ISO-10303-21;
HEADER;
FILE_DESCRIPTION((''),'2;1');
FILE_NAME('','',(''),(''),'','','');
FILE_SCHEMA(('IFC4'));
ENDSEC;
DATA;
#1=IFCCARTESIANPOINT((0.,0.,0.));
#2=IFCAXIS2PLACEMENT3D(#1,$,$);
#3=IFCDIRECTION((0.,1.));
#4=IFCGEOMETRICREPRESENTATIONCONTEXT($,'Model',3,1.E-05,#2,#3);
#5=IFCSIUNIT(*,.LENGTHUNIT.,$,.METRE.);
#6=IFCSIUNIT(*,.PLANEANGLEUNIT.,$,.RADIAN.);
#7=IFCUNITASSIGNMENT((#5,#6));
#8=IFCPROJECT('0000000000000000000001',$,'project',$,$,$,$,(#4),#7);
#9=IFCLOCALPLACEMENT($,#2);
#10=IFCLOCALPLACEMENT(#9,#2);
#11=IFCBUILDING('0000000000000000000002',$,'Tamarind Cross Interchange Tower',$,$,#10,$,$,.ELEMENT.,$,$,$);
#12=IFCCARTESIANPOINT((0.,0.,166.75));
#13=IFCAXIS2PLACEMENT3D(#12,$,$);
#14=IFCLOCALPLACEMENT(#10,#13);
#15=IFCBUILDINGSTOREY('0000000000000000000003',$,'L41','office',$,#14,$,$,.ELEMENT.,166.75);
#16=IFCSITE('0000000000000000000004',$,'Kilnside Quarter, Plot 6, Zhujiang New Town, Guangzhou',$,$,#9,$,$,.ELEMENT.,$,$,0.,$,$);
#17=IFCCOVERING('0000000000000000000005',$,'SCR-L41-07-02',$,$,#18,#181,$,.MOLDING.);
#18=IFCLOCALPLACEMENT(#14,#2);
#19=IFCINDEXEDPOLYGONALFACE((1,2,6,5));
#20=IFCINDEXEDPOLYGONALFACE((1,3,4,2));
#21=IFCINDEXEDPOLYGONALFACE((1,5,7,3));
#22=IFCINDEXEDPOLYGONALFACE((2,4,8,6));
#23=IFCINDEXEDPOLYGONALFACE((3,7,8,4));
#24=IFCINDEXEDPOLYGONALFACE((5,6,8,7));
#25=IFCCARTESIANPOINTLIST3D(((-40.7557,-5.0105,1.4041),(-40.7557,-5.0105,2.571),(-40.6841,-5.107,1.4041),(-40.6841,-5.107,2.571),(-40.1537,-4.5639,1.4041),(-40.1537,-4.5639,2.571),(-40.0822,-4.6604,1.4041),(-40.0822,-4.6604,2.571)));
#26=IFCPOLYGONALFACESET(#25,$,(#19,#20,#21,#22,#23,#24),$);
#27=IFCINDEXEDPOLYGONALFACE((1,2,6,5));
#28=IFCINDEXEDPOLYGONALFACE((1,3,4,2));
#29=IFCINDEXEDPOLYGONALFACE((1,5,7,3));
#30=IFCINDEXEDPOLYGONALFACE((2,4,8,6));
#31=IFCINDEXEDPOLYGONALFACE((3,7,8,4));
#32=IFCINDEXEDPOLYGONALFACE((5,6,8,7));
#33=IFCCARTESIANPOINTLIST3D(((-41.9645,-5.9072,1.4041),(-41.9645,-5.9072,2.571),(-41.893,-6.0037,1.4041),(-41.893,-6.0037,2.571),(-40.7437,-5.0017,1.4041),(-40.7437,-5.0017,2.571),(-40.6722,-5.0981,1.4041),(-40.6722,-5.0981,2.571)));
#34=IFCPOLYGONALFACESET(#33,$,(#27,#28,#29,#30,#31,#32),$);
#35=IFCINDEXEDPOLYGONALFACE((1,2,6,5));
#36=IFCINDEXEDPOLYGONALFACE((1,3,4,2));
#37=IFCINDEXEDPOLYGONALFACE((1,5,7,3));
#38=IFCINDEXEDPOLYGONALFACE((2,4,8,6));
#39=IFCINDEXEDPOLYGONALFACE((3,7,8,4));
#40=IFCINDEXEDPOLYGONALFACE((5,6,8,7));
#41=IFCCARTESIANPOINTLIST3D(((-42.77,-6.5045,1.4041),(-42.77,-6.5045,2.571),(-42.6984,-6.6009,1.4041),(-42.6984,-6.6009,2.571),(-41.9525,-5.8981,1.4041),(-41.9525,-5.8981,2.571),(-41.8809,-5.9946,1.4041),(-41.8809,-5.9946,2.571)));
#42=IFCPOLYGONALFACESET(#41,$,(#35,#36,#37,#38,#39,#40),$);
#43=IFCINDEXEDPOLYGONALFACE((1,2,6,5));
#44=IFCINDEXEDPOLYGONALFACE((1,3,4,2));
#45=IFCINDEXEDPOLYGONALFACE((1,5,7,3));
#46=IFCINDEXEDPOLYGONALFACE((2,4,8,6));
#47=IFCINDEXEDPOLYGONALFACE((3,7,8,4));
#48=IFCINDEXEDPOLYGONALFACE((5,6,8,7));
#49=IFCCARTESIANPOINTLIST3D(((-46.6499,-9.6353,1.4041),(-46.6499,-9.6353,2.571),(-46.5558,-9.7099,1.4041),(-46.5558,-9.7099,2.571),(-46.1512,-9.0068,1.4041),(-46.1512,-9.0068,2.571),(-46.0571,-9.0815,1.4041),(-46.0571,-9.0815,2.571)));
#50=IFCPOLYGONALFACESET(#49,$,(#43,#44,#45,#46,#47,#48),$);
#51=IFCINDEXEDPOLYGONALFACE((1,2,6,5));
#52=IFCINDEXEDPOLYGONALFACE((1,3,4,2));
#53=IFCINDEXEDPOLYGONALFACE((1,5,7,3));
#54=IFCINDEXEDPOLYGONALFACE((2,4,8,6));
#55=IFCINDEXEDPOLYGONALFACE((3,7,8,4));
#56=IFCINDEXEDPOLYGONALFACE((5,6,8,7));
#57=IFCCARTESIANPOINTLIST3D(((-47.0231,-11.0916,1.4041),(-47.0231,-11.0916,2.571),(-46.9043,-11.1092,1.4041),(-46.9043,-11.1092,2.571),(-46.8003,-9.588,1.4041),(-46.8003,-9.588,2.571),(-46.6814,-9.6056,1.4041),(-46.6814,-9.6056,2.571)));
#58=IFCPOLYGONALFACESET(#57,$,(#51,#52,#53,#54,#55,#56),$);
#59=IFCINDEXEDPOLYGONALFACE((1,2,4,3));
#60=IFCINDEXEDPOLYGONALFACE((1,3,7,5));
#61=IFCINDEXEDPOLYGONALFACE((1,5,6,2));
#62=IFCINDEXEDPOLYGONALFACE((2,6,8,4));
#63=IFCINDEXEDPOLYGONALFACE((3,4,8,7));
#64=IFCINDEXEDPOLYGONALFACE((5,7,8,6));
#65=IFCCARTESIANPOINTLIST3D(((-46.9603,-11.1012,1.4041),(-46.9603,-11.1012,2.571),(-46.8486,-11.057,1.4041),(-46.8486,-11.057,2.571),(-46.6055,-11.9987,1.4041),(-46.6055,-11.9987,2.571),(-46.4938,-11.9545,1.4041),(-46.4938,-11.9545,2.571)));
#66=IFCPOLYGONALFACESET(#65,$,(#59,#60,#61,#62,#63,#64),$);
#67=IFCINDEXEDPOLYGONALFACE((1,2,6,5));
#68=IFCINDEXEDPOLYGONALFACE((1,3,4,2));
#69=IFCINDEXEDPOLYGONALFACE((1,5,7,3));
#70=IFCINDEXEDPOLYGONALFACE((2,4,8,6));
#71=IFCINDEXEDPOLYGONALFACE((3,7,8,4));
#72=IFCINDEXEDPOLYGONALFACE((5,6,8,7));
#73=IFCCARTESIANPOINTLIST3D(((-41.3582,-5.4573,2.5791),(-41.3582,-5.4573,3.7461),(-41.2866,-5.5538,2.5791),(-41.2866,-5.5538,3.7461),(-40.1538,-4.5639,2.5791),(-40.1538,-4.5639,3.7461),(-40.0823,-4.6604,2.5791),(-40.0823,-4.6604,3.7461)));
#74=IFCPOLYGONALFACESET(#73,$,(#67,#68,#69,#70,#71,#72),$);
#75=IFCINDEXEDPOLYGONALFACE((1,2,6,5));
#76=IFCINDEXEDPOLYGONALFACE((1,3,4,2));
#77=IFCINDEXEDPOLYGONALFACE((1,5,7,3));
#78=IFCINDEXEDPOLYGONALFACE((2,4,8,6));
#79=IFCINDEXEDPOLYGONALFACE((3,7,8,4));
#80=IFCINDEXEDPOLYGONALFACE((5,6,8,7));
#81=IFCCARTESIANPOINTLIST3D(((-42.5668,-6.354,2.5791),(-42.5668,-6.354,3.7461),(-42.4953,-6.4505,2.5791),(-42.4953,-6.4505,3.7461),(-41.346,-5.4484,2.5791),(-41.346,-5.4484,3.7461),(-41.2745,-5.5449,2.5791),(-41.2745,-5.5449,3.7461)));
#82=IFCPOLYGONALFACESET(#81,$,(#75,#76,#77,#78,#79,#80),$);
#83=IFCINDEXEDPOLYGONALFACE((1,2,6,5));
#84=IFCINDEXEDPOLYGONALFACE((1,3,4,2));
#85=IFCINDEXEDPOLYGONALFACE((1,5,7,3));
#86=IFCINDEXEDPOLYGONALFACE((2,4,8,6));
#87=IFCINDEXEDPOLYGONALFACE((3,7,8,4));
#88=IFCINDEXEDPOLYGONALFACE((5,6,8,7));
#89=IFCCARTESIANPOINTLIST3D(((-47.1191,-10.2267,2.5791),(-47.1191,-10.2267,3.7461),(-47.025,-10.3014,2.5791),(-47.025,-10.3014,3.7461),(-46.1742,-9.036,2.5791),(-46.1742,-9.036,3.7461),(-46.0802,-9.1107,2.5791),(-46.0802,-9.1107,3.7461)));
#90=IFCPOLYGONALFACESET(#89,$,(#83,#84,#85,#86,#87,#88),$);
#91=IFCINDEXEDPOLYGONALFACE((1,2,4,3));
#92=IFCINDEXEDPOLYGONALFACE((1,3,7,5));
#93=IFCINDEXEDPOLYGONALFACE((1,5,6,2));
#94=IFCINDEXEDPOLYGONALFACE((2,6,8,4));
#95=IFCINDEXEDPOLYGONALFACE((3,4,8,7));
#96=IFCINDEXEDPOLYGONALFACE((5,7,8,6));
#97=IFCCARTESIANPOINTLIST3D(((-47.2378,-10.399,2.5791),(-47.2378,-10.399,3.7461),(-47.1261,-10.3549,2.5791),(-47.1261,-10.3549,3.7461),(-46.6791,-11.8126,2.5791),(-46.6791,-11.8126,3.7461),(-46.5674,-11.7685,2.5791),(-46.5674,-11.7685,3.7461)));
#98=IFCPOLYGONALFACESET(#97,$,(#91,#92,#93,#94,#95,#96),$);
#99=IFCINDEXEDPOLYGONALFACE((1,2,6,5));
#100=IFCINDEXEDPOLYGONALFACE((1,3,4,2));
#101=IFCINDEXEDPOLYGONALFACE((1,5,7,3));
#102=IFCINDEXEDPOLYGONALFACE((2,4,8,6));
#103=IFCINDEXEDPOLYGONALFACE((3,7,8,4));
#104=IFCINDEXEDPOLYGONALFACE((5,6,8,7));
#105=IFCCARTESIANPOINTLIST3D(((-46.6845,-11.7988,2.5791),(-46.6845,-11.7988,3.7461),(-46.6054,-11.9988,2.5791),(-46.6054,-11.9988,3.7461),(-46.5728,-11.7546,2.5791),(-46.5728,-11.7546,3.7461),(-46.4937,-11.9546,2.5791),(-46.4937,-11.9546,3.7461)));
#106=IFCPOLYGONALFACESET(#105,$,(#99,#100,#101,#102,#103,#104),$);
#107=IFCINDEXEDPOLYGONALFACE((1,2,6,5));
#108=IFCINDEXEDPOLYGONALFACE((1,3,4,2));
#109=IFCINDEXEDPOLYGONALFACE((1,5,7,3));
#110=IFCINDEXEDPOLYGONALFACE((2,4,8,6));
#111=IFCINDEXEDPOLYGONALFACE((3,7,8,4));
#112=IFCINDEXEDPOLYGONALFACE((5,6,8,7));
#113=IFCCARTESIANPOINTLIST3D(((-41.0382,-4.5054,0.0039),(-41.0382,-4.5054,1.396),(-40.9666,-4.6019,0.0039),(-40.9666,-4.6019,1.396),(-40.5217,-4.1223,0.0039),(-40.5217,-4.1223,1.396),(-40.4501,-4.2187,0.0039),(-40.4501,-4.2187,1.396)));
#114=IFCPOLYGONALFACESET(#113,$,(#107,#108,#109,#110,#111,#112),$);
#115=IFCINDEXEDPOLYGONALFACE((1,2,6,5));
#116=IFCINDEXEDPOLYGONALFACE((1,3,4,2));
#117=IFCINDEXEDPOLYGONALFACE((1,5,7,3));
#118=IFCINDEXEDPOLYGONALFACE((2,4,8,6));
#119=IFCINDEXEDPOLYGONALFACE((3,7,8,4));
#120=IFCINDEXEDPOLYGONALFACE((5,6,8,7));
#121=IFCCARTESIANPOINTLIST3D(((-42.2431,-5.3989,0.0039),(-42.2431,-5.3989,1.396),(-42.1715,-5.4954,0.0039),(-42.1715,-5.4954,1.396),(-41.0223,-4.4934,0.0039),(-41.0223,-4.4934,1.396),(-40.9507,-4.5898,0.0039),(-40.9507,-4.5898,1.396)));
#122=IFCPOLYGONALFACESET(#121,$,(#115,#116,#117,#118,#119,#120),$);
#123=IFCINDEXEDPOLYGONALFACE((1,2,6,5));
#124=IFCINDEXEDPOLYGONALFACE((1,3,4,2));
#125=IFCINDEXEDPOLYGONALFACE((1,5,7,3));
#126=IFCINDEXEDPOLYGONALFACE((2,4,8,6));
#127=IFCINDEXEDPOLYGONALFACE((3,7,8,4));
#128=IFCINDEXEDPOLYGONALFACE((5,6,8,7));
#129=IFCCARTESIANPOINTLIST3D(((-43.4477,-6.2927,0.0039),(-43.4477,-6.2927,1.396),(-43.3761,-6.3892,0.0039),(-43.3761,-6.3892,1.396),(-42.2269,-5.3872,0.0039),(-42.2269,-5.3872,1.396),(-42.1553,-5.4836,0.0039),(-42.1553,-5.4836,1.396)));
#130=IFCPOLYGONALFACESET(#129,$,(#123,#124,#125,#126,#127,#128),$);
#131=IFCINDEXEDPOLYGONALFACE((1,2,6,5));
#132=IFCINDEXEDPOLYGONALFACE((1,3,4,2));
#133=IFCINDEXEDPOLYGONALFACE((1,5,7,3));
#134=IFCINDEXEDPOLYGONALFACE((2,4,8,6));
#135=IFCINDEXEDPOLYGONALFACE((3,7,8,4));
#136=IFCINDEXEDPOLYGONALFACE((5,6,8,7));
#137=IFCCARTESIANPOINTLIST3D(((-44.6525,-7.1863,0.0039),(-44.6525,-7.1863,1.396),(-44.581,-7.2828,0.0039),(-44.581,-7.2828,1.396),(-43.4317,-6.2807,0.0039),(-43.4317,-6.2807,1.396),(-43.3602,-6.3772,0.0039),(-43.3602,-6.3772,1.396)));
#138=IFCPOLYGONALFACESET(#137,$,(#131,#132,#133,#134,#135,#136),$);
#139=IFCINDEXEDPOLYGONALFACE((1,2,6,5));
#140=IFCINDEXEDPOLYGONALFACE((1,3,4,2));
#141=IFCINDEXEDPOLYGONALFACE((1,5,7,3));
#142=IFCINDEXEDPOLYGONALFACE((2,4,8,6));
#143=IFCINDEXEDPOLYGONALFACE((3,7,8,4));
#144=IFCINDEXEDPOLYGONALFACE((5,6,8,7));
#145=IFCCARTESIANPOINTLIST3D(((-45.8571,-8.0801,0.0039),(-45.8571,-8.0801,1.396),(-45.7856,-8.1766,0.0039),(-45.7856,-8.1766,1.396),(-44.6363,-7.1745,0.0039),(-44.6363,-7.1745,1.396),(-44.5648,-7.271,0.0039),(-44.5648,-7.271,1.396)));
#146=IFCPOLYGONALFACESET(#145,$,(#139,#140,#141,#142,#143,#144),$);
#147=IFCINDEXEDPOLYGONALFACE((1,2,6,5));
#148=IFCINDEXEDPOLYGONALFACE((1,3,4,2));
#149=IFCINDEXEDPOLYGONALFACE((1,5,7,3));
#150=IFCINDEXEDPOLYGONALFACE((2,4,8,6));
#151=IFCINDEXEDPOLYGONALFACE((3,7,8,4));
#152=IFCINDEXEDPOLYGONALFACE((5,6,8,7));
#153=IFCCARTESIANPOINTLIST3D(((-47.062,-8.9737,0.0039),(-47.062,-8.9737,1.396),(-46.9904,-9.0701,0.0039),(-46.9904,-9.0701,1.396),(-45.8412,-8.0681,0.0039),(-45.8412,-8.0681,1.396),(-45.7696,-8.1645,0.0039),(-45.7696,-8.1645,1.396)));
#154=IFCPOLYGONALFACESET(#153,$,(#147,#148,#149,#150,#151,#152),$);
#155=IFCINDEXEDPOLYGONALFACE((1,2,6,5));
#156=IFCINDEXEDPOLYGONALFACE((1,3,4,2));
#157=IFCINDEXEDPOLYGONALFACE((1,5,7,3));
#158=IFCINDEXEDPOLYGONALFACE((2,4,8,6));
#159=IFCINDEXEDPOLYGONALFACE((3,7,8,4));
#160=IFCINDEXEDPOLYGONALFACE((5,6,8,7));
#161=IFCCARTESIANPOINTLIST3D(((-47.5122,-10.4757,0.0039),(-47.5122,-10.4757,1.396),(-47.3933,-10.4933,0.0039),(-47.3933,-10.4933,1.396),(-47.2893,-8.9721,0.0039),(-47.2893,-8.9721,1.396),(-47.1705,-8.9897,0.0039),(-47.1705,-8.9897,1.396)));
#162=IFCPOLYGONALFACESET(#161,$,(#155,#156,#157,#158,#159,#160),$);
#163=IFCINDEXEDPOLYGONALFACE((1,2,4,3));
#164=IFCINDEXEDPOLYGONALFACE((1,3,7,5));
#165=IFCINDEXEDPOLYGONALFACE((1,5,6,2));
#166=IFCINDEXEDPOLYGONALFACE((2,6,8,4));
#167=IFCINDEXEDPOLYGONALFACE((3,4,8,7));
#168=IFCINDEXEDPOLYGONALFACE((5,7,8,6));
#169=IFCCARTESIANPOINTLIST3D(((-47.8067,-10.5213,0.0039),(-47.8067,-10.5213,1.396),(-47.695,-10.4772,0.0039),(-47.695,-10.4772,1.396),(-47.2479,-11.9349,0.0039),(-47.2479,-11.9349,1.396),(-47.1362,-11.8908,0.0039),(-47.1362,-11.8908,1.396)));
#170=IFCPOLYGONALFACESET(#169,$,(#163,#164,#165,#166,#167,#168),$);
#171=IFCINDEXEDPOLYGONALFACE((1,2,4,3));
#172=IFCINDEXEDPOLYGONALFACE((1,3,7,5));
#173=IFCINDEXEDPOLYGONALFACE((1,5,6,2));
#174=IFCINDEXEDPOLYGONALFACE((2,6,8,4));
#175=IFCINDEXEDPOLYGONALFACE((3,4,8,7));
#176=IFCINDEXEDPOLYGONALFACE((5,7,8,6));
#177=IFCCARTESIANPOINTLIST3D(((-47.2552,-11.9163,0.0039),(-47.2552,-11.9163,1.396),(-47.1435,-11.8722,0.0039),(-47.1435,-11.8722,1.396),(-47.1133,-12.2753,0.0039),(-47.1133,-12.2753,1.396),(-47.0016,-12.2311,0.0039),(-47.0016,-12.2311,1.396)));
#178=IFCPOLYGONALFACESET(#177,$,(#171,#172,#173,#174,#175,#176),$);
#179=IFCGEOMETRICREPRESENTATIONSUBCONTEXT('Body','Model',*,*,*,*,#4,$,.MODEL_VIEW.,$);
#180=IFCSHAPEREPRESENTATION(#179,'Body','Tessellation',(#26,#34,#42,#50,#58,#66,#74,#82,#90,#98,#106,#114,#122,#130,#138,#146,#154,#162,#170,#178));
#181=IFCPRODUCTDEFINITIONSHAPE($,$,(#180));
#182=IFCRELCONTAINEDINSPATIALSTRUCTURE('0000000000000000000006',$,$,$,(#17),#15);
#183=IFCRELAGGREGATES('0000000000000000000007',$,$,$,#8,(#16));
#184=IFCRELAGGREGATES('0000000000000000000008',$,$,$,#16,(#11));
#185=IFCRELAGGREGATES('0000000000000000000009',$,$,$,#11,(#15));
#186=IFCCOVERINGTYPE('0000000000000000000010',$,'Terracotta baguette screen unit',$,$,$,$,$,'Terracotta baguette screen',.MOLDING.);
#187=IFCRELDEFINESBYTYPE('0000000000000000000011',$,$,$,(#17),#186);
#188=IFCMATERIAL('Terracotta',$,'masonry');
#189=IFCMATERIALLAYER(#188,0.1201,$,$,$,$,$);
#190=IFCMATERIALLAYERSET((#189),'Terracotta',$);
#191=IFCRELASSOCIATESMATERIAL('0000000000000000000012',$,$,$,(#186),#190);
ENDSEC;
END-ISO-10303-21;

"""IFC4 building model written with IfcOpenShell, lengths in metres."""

from ifc_helpers import new_model, si_unit, direction, frame, origin, origin_2d, place, context, subcontext, project, spatial, rectangle, extrude, material, layer, layer_set, type_object, element, save


model = new_model("IFC4")

# Units and contexts
model_context = context("Model", 3, precision=1e-05, world=origin(), true_north=direction((0.0, 1.0)))
body_context = subcontext(model_context, "Body", "Model", "MODEL_VIEW")
ifc_project = project(units=[si_unit("LENGTHUNIT", "METRE"), si_unit("PLANEANGLEUNIT", "RADIAN")], contexts=[model_context])

# Site, building, storey
site_placement = place(None, origin())
site = spatial("IfcSite", under=ifc_project, at=site_placement, Name="Kilnside Quarter, Plot 6, Zhujiang New Town, Guangzhou", CompositionType="ELEMENT", RefElevation=0.0)
building_placement = place(site_placement, origin())
building = spatial("IfcBuilding", under=site, at=building_placement, Name="Tamarind Cross Interchange Tower", CompositionType="ELEMENT")
storey_placement = place(building_placement, frame((0.0, 0.0, 166.75)))
storey = spatial("IfcBuildingStorey", under=building, at=storey_placement, Name="L41", Description="office", CompositionType="ELEMENT", Elevation=166.75)

# Covering
ifc_material_1 = material(Name="Terracotta", Category="masonry")
ifc_layer_1 = layer(ifc_material_1, 0.1201)
ifc_layer_set_1 = layer_set([ifc_layer_1], Name="Terracotta")
covering_type = type_object("IfcCoveringType", Name="Terracotta baguette screen unit", ElementType="Terracotta baguette screen", PredefinedType="MOLDING", material=ifc_layer_set_1)
covering_1_placement = place(storey_placement, origin())
element("IfcCovering", 1, at=covering_1_placement, inside=storey, type_object=covering_type, Name="SCR-L41-07-02", PredefinedType="MOLDING", context=body_context, shape_type="SweptSolid", body=[
    extrude(rectangle(XDim=0.7495, YDim=0.1201, at=origin_2d()), frame((-40.4189, -4.8354, 1.4041), z_axis=(0.0, 0.0, 1.0), x_axis=(-0.80315, -0.595776, 0.0)), (0.0, 0.0, 1.0), 1.167),
    extrude(rectangle(XDim=1.52, YDim=0.1201, at=origin_2d()), frame((-41.3184, -5.5027, 1.4041), z_axis=(0.0, 0.0, 1.0), x_axis=(-0.80315, -0.595776, 0.0)), (0.0, 0.0, 1.0), 1.167),
    extrude(rectangle(XDim=1.0178, YDim=0.1201, at=origin_2d()), frame((-42.3254, -6.2495, 1.4041), z_axis=(0.0, 0.0, 1.0), x_axis=(-0.80315, -0.595776, 0.0)), (0.0, 0.0, 1.0), 1.167),
    extrude(rectangle(XDim=0.8022, YDim=0.1201, at=origin_2d()), frame((-46.3535, -9.3584, 1.4041), z_axis=(0.0, 0.0, 1.0), x_axis=(-0.621585, -0.783346, 0.0)), (0.0, 0.0, 1.0), 1.167),
    extrude(rectangle(XDim=1.52, YDim=0.1201, at=origin_2d()), frame((-46.8523, -10.3486, 1.4041), z_axis=(0.0, 0.0, 1.0), x_axis=(-0.146636, -0.989191, 0.0)), (0.0, 0.0, 1.0), 1.167),
    extrude(rectangle(XDim=0.9651, YDim=0.1201, at=origin_2d()), frame((-46.7271, -11.5278, 1.4041), z_axis=(0.0, 0.0, 1.0), x_axis=(0.367605, -0.929982, 0.0)), (0.0, 0.0, 1.0), 1.167),
    extrude(rectangle(XDim=1.4995, YDim=0.1201, at=origin_2d()), frame((-40.7202, -5.0588, 2.5791), z_axis=(0.0, 0.0, 1.0), x_axis=(-0.80315, -0.595776, 0.0)), (0.0, 0.0, 1.0), 1.167),
    extrude(rectangle(XDim=1.52, YDim=0.1201, at=origin_2d()), frame((-41.9207, -5.9495, 2.5791), z_axis=(0.0, 0.0, 1.0), x_axis=(-0.80315, -0.595776, 0.0)), (0.0, 0.0, 1.0), 1.167),
    extrude(rectangle(XDim=1.52, YDim=0.1201, at=origin_2d()), frame((-46.5996, -9.6687, 2.5791), z_axis=(0.0, 0.0, 1.0), x_axis=(-0.621585, -0.783346, 0.0)), (0.0, 0.0, 1.0), 1.167),
    extrude(rectangle(XDim=1.52, YDim=0.1201, at=origin_2d()), frame((-46.9026, -11.0837, 2.5791), z_axis=(0.0, 0.0, 1.0), x_axis=(0.367605, -0.929982, 0.0)), (0.0, 0.0, 1.0), 1.167),
    extrude(rectangle(XDim=0.2151, YDim=0.1201, at=origin_2d()), frame((-46.5891, -11.8767, 2.5791), z_axis=(0.0, 0.0, 1.0), x_axis=(0.367605, -0.929982, 0.0)), (0.0, 0.0, 1.0), 1.167),
    extrude(rectangle(XDim=0.6431, YDim=0.1201, at=origin_2d()), frame((-40.7441, -4.3621, 0.0039), z_axis=(0.0, 0.0, 1.0), x_axis=(-0.80315, -0.595776, 0.0)), (0.0, 0.0, 1.0), 1.3921),
    extrude(rectangle(XDim=1.52, YDim=0.1201, at=origin_2d()), frame((-41.5969, -4.9944, 0.0039), z_axis=(0.0, 0.0, 1.0), x_axis=(-0.80315, -0.595776, 0.0)), (0.0, 0.0, 1.0), 1.3921),
    extrude(rectangle(XDim=1.52, YDim=0.1201, at=origin_2d()), frame((-42.8015, -5.8882, 0.0039), z_axis=(0.0, 0.0, 1.0), x_axis=(-0.80315, -0.595776, 0.0)), (0.0, 0.0, 1.0), 1.3921),
    extrude(rectangle(XDim=1.52, YDim=0.1201, at=origin_2d()), frame((-44.0063, -6.7817, 0.0039), z_axis=(0.0, 0.0, 1.0), x_axis=(-0.80315, -0.595776, 0.0)), (0.0, 0.0, 1.0), 1.3921),
    extrude(rectangle(XDim=1.52, YDim=0.1201, at=origin_2d()), frame((-45.2109, -7.6755, 0.0039), z_axis=(0.0, 0.0, 1.0), x_axis=(-0.80315, -0.595776, 0.0)), (0.0, 0.0, 1.0), 1.3921),
    extrude(rectangle(XDim=1.52, YDim=0.1201, at=origin_2d()), frame((-46.4158, -8.5691, 0.0039), z_axis=(0.0, 0.0, 1.0), x_axis=(-0.80315, -0.595776, 0.0)), (0.0, 0.0, 1.0), 1.3921),
    extrude(rectangle(XDim=1.52, YDim=0.1201, at=origin_2d()), frame((-47.3413, -9.7327, 0.0039), z_axis=(0.0, 0.0, 1.0), x_axis=(-0.146636, -0.989191, 0.0)), (0.0, 0.0, 1.0), 1.3921),
    extrude(rectangle(XDim=1.52, YDim=0.1201, at=origin_2d()), frame((-47.4714, -11.2061, 0.0039), z_axis=(0.0, 0.0, 1.0), x_axis=(0.367605, -0.929982, 0.0)), (0.0, 0.0, 1.0), 1.3921),
    extrude(rectangle(XDim=0.386, YDim=0.1201, at=origin_2d()), frame((-47.1284, -12.0737, 0.0039), z_axis=(0.0, 0.0, 1.0), x_axis=(0.367605, -0.929982, 0.0)), (0.0, 0.0, 1.0), 1.3921),
])

save(model, "model.ifc")
